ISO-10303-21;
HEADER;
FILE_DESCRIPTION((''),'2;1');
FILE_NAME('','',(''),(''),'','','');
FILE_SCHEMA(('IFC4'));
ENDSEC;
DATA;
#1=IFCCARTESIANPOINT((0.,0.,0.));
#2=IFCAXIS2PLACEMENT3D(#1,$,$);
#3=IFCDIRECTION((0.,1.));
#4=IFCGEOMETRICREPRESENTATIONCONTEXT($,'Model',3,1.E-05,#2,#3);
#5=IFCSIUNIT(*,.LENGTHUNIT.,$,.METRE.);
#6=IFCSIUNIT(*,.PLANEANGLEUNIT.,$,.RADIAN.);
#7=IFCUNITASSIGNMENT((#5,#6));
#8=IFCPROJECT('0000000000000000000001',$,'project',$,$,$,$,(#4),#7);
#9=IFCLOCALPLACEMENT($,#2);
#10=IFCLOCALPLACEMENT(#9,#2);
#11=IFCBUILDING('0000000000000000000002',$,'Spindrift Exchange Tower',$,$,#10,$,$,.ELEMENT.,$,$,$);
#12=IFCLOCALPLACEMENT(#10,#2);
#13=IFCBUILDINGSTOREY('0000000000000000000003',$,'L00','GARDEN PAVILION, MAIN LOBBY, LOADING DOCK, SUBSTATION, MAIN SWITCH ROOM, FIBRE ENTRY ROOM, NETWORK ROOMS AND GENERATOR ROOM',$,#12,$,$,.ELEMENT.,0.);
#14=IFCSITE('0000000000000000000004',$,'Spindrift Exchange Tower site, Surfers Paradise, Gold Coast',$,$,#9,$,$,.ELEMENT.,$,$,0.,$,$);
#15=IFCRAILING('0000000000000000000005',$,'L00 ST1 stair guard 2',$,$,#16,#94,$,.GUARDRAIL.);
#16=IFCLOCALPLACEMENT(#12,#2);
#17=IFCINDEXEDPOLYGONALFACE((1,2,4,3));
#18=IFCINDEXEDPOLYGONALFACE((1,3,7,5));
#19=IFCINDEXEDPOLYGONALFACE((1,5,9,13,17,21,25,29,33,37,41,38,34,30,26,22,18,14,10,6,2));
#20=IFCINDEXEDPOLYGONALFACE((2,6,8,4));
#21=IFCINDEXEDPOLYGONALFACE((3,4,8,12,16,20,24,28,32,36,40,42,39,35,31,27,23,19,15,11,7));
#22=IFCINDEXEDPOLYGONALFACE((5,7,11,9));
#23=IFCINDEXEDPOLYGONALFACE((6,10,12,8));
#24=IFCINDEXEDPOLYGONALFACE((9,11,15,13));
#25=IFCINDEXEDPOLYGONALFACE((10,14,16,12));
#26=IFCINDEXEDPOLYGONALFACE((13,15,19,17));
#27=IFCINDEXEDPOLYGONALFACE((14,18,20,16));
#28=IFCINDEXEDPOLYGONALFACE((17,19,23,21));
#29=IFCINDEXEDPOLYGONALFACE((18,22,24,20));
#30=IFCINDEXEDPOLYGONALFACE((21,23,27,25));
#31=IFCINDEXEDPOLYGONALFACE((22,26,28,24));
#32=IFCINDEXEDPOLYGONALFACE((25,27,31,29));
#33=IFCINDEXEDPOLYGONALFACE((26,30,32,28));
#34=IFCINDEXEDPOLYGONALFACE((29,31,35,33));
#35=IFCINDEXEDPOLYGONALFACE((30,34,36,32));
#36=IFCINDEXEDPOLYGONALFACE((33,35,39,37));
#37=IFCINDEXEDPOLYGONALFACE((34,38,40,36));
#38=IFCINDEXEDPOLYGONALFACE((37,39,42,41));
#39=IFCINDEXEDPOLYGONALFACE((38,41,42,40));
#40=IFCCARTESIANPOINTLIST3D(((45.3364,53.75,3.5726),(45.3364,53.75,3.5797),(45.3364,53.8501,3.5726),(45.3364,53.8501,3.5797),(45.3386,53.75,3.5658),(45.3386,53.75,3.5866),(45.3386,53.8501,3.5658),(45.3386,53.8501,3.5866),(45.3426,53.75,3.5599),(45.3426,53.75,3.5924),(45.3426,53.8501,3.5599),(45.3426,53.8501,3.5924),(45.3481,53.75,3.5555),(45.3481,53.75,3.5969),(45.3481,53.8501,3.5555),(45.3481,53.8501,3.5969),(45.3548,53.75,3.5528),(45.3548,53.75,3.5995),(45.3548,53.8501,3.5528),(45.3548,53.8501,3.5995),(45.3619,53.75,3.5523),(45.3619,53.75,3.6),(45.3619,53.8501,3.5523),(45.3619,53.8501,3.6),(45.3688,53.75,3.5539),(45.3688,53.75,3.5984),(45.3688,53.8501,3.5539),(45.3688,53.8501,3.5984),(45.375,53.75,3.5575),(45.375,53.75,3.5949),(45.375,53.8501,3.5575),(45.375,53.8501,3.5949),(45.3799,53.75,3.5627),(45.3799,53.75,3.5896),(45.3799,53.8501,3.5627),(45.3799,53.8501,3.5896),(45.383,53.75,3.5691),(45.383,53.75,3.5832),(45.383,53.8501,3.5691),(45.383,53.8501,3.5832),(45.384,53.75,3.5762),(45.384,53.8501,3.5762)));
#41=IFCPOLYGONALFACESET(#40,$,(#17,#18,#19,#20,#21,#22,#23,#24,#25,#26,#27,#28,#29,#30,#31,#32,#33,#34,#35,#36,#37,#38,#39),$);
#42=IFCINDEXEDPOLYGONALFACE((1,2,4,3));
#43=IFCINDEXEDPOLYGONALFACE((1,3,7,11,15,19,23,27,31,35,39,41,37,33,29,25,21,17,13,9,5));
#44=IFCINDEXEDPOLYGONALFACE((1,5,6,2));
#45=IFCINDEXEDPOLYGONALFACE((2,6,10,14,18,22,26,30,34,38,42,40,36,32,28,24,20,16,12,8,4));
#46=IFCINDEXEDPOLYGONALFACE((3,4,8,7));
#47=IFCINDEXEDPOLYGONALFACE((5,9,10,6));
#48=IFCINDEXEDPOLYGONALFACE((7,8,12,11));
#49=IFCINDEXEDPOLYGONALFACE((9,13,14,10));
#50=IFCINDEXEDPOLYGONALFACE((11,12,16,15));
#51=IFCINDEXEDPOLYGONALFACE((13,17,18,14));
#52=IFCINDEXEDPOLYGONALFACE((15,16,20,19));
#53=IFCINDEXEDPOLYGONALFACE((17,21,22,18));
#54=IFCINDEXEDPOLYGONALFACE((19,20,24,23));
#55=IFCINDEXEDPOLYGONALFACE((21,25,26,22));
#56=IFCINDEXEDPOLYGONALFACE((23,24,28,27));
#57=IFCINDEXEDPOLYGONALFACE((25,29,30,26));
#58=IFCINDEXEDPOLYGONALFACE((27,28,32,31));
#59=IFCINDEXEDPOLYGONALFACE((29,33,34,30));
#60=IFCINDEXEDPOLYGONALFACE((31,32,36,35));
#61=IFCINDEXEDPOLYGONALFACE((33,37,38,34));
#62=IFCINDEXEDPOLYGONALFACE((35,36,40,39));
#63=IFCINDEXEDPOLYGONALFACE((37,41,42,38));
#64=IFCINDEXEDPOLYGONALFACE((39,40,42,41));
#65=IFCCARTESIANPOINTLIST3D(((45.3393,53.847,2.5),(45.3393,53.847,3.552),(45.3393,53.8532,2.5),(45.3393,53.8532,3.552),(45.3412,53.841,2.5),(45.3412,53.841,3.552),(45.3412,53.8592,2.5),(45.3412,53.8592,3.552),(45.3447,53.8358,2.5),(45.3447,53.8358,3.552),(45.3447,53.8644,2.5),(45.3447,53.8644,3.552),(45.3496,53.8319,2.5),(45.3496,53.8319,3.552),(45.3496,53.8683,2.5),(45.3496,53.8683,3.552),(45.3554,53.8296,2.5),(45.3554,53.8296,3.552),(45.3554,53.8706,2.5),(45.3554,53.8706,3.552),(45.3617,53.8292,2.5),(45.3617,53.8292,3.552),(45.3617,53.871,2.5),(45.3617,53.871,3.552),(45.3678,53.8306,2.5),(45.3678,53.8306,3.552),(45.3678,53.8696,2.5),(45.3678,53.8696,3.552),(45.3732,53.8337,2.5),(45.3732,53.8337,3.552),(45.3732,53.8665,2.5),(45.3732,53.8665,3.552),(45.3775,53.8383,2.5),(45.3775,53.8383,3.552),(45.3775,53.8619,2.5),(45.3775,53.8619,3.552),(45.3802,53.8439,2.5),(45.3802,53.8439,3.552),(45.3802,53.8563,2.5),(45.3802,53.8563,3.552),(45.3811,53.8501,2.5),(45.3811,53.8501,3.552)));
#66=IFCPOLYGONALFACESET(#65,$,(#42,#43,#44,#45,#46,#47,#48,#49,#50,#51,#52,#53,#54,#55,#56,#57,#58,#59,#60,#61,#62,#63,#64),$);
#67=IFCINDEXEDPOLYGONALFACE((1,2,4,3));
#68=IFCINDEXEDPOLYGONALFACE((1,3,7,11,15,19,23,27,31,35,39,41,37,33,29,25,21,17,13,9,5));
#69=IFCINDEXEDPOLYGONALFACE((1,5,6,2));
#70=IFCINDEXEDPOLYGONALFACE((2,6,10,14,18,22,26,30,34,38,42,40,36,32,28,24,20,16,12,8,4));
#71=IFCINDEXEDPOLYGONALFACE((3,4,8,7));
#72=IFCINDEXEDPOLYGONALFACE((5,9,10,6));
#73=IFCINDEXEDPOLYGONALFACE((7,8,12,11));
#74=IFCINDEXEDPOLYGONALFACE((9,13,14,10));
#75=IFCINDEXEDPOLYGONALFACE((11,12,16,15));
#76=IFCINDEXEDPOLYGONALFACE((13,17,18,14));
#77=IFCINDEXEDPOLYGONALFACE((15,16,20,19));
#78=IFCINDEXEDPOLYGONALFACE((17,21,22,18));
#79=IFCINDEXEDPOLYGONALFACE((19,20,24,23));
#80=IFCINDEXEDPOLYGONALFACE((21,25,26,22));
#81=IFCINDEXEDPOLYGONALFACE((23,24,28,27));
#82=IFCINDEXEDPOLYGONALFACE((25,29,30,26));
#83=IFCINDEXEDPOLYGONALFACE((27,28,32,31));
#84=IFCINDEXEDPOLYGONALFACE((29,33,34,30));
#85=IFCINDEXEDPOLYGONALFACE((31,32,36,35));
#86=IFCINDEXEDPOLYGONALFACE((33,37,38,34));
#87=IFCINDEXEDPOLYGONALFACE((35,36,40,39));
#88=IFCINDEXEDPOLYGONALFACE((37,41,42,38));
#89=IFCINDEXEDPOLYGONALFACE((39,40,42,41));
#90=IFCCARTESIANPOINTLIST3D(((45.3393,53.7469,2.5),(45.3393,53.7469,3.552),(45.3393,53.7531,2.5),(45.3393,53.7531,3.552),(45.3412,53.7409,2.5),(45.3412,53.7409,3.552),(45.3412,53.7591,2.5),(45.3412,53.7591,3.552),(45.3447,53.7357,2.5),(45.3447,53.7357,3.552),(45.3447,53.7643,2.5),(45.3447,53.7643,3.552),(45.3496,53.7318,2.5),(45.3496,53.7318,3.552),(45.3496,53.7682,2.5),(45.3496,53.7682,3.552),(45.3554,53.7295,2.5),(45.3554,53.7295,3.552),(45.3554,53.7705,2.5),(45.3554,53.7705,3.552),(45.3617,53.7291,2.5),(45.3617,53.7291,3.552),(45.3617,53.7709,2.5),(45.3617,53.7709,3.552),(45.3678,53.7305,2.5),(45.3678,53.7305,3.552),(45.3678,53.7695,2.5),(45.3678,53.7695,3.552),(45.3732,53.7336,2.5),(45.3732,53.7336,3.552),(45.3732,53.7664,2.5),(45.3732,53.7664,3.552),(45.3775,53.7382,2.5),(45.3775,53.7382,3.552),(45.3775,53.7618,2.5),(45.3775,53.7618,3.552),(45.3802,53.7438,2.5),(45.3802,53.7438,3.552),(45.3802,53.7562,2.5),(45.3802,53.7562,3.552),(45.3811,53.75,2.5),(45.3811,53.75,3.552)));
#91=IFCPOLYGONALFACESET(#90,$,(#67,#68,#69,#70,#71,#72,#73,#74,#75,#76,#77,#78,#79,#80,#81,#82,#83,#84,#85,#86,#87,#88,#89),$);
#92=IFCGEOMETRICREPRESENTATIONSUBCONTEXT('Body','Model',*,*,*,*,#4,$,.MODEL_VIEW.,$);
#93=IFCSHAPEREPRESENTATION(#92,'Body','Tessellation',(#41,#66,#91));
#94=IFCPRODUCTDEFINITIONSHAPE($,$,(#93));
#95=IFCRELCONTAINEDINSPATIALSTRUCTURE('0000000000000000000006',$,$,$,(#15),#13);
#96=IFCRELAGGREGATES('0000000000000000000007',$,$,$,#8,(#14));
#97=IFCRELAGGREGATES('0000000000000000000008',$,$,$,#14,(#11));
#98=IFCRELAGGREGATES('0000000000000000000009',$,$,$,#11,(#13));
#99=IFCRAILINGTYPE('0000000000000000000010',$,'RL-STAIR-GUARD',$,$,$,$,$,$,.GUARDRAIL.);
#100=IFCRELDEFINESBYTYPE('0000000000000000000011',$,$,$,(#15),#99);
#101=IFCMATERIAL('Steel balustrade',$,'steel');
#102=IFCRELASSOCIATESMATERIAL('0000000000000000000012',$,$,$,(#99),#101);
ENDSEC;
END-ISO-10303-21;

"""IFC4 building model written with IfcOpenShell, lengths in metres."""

from ifc_helpers import new_model, si_unit, direction, frame, origin, origin_2d, place, context, subcontext, project, spatial, circle, extrude, material, type_object, element, save


model = new_model("IFC4")

# Units and contexts
model_context = context("Model", 3, precision=1e-05, world=origin(), true_north=direction((0.0, 1.0)))
body_context = subcontext(model_context, "Body", "Model", "MODEL_VIEW")
ifc_project = project(units=[si_unit("LENGTHUNIT", "METRE"), si_unit("PLANEANGLEUNIT", "RADIAN")], contexts=[model_context])

# Site, building, storey
site_placement = place(None, origin())
site = spatial("IfcSite", under=ifc_project, at=site_placement, Name="Spindrift Exchange Tower site, Surfers Paradise, Gold Coast", CompositionType="ELEMENT", RefElevation=0.0)
building_placement = place(site_placement, origin())
building = spatial("IfcBuilding", under=site, at=building_placement, Name="Spindrift Exchange Tower", CompositionType="ELEMENT")
storey_placement = place(building_placement, origin())
storey = spatial("IfcBuildingStorey", under=building, at=storey_placement, Name="L00", Description="GARDEN PAVILION, MAIN LOBBY, LOADING DOCK, SUBSTATION, MAIN SWITCH ROOM, FIBRE ENTRY ROOM, NETWORK ROOMS AND GENERATOR ROOM", CompositionType="ELEMENT", Elevation=0.0)

# Railing
ifc_material_1 = material(Name="Steel balustrade", Category="steel")
railing_type_1 = type_object("IfcRailingType", Name="RL-STAIR-GUARD", PredefinedType="GUARDRAIL", material=ifc_material_1)
railing_1_placement = place(storey_placement, frame((45.3601, 53.8501, 2.5)))
element("IfcRailing", 1, at=railing_1_placement, inside=storey, type_object=railing_type_1, Name="L00 ST1 stair guard 2", PredefinedType="GUARDRAIL", context=body_context, shape_type="SweptSolid", body=[
    extrude(circle(Radius=0.0239, at=origin_2d()), frame((0.0, 0.0, 1.0762), z_axis=(0.0, -1.0, 0.0), x_axis=(1.0, 0.0, 0.0)), (0.0, 0.0, 1.0), 0.1001),
    extrude(circle(Radius=0.021, at=origin_2d()), origin(), (0.0, 0.0, 1.0), 1.052),
    extrude(circle(Radius=0.021, at=origin_2d()), frame((0.0, -0.1001, 0.0)), (0.0, 0.0, 1.0), 1.052),
])

save(model, "model.ifc")
